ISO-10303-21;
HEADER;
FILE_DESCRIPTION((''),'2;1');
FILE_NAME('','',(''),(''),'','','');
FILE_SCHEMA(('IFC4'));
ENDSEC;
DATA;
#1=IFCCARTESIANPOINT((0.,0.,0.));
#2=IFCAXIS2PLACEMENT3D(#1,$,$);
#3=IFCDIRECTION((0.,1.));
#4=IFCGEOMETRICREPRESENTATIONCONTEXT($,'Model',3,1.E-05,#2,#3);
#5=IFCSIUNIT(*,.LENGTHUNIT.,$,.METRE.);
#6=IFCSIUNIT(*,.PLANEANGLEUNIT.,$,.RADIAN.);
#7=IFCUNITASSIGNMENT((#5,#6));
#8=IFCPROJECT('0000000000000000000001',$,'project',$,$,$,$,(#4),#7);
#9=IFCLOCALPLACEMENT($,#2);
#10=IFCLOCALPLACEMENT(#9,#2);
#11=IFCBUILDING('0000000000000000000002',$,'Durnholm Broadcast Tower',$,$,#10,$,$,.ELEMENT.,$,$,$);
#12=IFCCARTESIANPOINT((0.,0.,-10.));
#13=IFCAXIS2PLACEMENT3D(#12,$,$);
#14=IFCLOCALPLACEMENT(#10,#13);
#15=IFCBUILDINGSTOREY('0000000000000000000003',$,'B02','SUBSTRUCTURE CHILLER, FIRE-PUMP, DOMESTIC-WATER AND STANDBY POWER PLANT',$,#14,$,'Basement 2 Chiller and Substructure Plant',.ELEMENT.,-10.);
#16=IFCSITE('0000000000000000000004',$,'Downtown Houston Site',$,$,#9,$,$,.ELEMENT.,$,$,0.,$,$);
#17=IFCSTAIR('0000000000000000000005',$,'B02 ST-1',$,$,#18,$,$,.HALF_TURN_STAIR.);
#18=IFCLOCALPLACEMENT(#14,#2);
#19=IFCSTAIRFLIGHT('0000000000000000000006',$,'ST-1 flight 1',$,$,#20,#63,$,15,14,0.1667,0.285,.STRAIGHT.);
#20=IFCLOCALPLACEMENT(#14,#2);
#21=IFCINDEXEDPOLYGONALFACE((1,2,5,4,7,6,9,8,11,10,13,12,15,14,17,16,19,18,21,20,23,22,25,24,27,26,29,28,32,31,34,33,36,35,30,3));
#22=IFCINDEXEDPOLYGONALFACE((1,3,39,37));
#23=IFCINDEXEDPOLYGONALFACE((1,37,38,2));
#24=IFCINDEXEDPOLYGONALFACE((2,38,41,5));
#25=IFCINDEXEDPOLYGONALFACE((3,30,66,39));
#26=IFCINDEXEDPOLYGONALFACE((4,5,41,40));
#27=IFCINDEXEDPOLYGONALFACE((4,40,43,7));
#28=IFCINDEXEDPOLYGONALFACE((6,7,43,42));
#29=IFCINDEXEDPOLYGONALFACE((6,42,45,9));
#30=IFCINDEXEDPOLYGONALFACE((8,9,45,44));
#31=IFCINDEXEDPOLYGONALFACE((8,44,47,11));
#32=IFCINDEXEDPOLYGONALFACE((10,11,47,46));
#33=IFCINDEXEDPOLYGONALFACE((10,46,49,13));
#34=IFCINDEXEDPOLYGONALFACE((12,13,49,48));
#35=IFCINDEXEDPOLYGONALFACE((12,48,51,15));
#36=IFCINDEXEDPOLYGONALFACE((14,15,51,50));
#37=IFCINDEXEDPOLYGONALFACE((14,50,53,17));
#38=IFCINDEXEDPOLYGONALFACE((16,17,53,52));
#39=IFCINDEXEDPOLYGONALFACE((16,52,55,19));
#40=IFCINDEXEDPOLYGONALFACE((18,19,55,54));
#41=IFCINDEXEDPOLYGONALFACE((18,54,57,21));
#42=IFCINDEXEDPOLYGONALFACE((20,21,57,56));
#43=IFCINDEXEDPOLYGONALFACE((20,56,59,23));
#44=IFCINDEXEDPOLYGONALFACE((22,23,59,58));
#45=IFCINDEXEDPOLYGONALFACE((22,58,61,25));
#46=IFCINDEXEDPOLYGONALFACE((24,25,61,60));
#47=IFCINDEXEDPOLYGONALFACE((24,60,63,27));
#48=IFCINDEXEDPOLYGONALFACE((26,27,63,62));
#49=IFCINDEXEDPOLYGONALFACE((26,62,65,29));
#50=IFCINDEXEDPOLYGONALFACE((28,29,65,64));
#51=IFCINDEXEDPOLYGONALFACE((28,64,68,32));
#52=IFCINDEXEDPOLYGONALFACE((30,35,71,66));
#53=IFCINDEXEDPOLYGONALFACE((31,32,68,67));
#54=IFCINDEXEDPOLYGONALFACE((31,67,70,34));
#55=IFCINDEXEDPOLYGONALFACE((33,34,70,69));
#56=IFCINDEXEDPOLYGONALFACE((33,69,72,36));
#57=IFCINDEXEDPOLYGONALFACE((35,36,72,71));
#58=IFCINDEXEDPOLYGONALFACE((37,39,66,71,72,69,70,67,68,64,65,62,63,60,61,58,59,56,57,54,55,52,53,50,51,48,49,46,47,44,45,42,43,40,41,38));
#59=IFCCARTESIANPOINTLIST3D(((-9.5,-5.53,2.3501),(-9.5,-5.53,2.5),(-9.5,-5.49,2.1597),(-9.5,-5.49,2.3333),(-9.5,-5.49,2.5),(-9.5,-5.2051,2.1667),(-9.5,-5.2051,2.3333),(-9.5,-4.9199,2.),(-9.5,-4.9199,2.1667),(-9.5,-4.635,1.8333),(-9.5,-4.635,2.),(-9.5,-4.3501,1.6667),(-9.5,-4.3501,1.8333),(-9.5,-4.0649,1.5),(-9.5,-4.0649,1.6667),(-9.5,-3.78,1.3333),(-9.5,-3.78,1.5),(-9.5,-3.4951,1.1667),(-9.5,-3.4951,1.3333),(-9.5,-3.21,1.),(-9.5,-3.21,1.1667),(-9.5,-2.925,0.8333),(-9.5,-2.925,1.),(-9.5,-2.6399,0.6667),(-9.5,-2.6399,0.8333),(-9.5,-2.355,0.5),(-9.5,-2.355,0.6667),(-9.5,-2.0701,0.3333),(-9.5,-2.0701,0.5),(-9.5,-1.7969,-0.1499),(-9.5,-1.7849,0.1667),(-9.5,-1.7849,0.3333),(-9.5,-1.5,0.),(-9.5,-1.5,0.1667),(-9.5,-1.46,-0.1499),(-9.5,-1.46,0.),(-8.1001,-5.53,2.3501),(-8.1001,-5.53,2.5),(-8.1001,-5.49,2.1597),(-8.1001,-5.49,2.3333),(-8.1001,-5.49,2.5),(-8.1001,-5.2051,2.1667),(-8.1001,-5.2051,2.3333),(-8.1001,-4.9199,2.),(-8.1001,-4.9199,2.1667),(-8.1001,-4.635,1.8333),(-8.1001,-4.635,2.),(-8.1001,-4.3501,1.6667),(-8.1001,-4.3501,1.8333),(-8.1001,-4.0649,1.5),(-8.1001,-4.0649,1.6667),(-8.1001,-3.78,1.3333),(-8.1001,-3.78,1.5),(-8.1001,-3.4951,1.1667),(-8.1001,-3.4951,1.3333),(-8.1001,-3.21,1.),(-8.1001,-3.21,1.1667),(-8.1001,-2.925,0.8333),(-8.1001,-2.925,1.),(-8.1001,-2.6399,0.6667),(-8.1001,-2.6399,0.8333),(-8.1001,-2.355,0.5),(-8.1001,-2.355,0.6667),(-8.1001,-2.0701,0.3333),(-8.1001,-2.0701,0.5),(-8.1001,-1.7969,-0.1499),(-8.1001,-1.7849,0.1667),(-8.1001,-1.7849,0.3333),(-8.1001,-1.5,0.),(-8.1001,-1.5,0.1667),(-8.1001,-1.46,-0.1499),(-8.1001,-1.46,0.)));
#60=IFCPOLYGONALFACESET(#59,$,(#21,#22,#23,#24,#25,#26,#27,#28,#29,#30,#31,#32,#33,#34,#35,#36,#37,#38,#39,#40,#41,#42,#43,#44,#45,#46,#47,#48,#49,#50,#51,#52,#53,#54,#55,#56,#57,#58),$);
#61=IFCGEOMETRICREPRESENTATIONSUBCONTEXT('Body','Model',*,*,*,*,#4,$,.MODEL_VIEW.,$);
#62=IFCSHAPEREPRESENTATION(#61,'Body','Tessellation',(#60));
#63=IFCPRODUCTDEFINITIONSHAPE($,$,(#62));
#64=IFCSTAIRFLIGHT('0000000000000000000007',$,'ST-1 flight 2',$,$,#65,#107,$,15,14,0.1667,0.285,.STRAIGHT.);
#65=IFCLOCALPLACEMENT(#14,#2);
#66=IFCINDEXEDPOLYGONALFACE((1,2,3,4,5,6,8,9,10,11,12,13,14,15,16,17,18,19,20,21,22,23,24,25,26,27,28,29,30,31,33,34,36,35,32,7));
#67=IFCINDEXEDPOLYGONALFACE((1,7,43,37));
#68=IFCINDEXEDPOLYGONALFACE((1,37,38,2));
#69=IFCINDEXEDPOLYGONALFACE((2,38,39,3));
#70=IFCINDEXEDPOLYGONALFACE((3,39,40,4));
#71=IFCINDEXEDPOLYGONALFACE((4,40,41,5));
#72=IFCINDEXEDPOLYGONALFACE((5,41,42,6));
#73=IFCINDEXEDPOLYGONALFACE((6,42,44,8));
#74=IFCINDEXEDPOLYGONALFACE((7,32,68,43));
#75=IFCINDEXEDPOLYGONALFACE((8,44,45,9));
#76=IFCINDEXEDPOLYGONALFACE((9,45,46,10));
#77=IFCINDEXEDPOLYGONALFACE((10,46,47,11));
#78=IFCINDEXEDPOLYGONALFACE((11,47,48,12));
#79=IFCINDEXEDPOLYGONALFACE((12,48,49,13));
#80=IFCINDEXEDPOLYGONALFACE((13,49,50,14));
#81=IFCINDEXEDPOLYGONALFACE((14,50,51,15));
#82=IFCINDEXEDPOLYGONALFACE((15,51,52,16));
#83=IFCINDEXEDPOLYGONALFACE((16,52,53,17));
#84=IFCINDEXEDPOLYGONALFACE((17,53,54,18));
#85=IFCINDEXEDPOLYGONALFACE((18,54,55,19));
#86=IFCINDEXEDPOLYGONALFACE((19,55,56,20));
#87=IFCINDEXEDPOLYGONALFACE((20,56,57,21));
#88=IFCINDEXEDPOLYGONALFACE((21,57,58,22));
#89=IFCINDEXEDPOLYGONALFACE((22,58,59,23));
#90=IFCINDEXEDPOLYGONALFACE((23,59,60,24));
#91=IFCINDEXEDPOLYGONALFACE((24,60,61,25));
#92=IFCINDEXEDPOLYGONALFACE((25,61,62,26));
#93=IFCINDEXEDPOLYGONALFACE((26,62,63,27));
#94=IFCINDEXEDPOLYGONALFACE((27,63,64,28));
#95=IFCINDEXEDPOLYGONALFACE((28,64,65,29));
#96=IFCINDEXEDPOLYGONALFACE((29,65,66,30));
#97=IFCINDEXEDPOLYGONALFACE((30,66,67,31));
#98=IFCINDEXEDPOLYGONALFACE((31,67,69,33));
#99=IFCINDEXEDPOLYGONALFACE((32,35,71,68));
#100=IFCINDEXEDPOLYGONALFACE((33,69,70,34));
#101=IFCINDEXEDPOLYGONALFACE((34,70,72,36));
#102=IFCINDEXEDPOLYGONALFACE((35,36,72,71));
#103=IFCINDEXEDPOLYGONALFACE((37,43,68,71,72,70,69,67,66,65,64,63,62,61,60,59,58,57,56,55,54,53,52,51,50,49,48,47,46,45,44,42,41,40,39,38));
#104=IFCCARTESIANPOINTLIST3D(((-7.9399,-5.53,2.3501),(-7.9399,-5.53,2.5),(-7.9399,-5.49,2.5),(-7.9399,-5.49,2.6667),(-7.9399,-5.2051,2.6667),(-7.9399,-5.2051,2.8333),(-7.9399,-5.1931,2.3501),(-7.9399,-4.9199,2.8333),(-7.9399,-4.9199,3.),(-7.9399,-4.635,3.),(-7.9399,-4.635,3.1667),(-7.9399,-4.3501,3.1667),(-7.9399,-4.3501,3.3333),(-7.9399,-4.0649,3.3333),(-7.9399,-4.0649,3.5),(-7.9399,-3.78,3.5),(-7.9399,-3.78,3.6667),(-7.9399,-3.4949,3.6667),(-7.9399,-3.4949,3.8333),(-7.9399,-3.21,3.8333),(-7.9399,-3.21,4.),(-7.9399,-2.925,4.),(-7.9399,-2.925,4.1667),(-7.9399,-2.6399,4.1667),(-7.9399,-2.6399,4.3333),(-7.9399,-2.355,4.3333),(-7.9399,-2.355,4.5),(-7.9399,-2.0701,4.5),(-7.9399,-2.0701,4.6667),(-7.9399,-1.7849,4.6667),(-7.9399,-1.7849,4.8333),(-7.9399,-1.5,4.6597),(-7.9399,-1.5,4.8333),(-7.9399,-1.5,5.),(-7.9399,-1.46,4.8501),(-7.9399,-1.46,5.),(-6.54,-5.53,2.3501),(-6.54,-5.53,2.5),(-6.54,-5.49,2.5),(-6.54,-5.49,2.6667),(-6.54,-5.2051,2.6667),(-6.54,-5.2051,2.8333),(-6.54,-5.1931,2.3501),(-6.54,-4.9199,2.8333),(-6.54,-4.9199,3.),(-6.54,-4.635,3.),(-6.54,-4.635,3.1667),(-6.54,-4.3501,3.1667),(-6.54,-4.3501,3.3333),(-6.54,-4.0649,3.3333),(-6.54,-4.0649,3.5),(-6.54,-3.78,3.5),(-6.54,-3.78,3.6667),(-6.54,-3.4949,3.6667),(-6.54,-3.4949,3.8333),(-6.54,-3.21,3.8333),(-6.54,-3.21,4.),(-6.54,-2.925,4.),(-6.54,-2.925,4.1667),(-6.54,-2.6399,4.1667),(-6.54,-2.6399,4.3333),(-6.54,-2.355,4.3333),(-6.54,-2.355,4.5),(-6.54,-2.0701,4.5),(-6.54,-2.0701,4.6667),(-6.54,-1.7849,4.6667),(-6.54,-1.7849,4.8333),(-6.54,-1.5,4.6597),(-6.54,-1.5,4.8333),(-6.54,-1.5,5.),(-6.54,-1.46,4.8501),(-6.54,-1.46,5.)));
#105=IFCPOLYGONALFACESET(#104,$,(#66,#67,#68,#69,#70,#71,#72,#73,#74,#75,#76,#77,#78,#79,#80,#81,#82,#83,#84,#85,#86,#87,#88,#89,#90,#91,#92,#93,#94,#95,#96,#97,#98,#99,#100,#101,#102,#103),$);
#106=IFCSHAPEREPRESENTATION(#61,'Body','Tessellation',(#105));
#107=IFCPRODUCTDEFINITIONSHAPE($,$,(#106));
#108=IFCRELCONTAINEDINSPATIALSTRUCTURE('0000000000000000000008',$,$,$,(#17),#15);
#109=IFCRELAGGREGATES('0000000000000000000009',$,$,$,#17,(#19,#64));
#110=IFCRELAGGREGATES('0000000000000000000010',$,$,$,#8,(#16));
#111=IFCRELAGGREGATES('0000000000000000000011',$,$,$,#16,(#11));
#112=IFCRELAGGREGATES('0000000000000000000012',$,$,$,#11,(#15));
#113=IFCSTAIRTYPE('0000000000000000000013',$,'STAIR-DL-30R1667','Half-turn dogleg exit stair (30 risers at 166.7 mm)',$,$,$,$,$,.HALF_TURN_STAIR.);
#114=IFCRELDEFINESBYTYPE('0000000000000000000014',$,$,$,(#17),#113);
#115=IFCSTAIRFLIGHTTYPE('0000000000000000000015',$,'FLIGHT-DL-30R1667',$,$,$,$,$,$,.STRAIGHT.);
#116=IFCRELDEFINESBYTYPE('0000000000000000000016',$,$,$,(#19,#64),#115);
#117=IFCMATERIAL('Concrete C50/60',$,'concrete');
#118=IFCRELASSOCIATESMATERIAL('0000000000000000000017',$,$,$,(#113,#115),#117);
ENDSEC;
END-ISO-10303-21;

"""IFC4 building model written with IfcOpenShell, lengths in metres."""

from ifc_helpers import new_model, si_unit, direction, frame, origin, place, context, subcontext, project, spatial, polyline, outline, extrude, material, type_object, element, aggregate, save


model = new_model("IFC4")

# Units and contexts
model_context = context("Model", 3, precision=1e-05, world=origin(), true_north=direction((0.0, 1.0)))
body_context = subcontext(model_context, "Body", "Model", "MODEL_VIEW")
ifc_project = project(units=[si_unit("LENGTHUNIT", "METRE"), si_unit("PLANEANGLEUNIT", "RADIAN")], contexts=[model_context])

# Site, building, storey
site_placement = place(None, origin())
site = spatial("IfcSite", under=ifc_project, at=site_placement, Name="Downtown Houston Site", CompositionType="ELEMENT", RefElevation=0.0)
building_placement = place(site_placement, origin())
building = spatial("IfcBuilding", under=site, at=building_placement, Name="Durnholm Broadcast Tower", CompositionType="ELEMENT")
storey_placement = place(building_placement, frame((0.0, 0.0, -10.0)))
storey = spatial("IfcBuildingStorey", under=building, at=storey_placement, Name="B02", Description="SUBSTRUCTURE CHILLER, FIRE-PUMP, DOMESTIC-WATER AND STANDBY POWER PLANT", LongName="Basement 2 Chiller and Substructure Plant", CompositionType="ELEMENT", Elevation=-10.0)

# Shared definitions
ifc_material_1 = material(Name="Concrete C50/60", Category="concrete")

# Stair, stair flights
stair_type = type_object("IfcStairType", Name="STAIR-DL-30R1667", Description="Half-turn dogleg exit stair (30 risers at 166.7 mm)", PredefinedType="HALF_TURN_STAIR", material=ifc_material_1)
stair_placement = place(storey_placement, origin())
stair = element("IfcStair", 1, at=stair_placement, inside=storey, type_object=stair_type, Name="B02 ST-1", PredefinedType="HALF_TURN_STAIR")
stair_flight_type = type_object("IfcStairFlightType", Name="FLIGHT-DL-30R1667", PredefinedType="STRAIGHT", material=ifc_material_1)
stair_flight_1_placement = place(storey_placement, frame((-8.8, -1.5, 0.0), z_axis=(0.0, 0.0, 1.0), x_axis=(0.0, -1.0, 0.0)))
stair_flight_1 = element("IfcStairFlight", 2, at=stair_flight_1_placement, type_object=stair_flight_type, Name="ST-1 flight 1", NumberOfRisers=15, NumberOfTreads=14, PredefinedType="STRAIGHT", RiserHeight=0.1667, TreadLength=0.285, context=body_context, shape_type="SweptSolid", body=[
    extrude(outline(polyline([(-0.04, -0.1499), (-0.04, 0.0), (0.0, 0.0), (0.0, 0.1667), (0.2849, 0.1667), (0.2849, 0.3333), (0.5701, 0.3333), (0.5701, 0.5), (0.855, 0.5), (0.855, 0.6667), (1.1399, 0.6667), (1.1399, 0.8333), (1.425, 0.8333), (1.425, 1.0), (1.71, 1.0), (1.71, 1.1667), (1.9951, 1.1667), (1.9951, 1.3333), (2.28, 1.3333), (2.28, 1.5), (2.5649, 1.5), (2.5649, 1.6667), (2.8501, 1.6667), (2.8501, 1.8333), (3.135, 1.8333), (3.135, 2.0), (3.4199, 2.0), (3.4199, 2.1667), (3.7051, 2.1667), (3.7051, 2.3333), (3.99, 2.3333), (3.99, 2.5), (4.03, 2.5), (4.03, 2.3501), (3.99, 2.1597), (0.2969, -0.1499), (-0.04, -0.1499)])), frame((0.0, 0.7, 0.0), z_axis=(0.0, -1.0, 0.0), x_axis=(1.0, 0.0, 0.0)), (0.0, 0.0, 1.0), 1.3999),
])
stair_flight_2_placement = place(storey_placement, frame((-7.24, -5.49, 2.5), z_axis=(0.0, 0.0, 1.0), x_axis=(0.0, 1.0, 0.0)))
stair_flight_2 = element("IfcStairFlight", 3, at=stair_flight_2_placement, type_object=stair_flight_type, Name="ST-1 flight 2", NumberOfRisers=15, NumberOfTreads=14, PredefinedType="STRAIGHT", RiserHeight=0.1667, TreadLength=0.285, context=body_context, shape_type="SweptSolid", body=[
    extrude(outline(polyline([(-0.04, -0.1499), (-0.04, 0.0), (0.0, 0.0), (0.0, 0.1667), (0.2849, 0.1667), (0.2849, 0.3333), (0.5701, 0.3333), (0.5701, 0.5), (0.855, 0.5), (0.855, 0.6667), (1.1399, 0.6667), (1.1399, 0.8333), (1.425, 0.8333), (1.425, 1.0), (1.71, 1.0), (1.71, 1.1667), (1.9951, 1.1667), (1.9951, 1.3333), (2.28, 1.3333), (2.28, 1.5), (2.5649, 1.5), (2.5649, 1.6667), (2.8501, 1.6667), (2.8501, 1.8333), (3.135, 1.8333), (3.135, 2.0), (3.4199, 2.0), (3.4199, 2.1667), (3.7051, 2.1667), (3.7051, 2.3333), (3.99, 2.3333), (3.99, 2.5), (4.03, 2.5), (4.03, 2.3501), (3.99, 2.1597), (0.2969, -0.1499), (-0.04, -0.1499)])), frame((0.0, 0.7, 0.0), z_axis=(0.0, -1.0, 0.0), x_axis=(1.0, 0.0, 0.0)), (0.0, 0.0, 1.0), 1.3999),
])
aggregate(stair, [stair_flight_1, stair_flight_2])

save(model, "model.ifc")
